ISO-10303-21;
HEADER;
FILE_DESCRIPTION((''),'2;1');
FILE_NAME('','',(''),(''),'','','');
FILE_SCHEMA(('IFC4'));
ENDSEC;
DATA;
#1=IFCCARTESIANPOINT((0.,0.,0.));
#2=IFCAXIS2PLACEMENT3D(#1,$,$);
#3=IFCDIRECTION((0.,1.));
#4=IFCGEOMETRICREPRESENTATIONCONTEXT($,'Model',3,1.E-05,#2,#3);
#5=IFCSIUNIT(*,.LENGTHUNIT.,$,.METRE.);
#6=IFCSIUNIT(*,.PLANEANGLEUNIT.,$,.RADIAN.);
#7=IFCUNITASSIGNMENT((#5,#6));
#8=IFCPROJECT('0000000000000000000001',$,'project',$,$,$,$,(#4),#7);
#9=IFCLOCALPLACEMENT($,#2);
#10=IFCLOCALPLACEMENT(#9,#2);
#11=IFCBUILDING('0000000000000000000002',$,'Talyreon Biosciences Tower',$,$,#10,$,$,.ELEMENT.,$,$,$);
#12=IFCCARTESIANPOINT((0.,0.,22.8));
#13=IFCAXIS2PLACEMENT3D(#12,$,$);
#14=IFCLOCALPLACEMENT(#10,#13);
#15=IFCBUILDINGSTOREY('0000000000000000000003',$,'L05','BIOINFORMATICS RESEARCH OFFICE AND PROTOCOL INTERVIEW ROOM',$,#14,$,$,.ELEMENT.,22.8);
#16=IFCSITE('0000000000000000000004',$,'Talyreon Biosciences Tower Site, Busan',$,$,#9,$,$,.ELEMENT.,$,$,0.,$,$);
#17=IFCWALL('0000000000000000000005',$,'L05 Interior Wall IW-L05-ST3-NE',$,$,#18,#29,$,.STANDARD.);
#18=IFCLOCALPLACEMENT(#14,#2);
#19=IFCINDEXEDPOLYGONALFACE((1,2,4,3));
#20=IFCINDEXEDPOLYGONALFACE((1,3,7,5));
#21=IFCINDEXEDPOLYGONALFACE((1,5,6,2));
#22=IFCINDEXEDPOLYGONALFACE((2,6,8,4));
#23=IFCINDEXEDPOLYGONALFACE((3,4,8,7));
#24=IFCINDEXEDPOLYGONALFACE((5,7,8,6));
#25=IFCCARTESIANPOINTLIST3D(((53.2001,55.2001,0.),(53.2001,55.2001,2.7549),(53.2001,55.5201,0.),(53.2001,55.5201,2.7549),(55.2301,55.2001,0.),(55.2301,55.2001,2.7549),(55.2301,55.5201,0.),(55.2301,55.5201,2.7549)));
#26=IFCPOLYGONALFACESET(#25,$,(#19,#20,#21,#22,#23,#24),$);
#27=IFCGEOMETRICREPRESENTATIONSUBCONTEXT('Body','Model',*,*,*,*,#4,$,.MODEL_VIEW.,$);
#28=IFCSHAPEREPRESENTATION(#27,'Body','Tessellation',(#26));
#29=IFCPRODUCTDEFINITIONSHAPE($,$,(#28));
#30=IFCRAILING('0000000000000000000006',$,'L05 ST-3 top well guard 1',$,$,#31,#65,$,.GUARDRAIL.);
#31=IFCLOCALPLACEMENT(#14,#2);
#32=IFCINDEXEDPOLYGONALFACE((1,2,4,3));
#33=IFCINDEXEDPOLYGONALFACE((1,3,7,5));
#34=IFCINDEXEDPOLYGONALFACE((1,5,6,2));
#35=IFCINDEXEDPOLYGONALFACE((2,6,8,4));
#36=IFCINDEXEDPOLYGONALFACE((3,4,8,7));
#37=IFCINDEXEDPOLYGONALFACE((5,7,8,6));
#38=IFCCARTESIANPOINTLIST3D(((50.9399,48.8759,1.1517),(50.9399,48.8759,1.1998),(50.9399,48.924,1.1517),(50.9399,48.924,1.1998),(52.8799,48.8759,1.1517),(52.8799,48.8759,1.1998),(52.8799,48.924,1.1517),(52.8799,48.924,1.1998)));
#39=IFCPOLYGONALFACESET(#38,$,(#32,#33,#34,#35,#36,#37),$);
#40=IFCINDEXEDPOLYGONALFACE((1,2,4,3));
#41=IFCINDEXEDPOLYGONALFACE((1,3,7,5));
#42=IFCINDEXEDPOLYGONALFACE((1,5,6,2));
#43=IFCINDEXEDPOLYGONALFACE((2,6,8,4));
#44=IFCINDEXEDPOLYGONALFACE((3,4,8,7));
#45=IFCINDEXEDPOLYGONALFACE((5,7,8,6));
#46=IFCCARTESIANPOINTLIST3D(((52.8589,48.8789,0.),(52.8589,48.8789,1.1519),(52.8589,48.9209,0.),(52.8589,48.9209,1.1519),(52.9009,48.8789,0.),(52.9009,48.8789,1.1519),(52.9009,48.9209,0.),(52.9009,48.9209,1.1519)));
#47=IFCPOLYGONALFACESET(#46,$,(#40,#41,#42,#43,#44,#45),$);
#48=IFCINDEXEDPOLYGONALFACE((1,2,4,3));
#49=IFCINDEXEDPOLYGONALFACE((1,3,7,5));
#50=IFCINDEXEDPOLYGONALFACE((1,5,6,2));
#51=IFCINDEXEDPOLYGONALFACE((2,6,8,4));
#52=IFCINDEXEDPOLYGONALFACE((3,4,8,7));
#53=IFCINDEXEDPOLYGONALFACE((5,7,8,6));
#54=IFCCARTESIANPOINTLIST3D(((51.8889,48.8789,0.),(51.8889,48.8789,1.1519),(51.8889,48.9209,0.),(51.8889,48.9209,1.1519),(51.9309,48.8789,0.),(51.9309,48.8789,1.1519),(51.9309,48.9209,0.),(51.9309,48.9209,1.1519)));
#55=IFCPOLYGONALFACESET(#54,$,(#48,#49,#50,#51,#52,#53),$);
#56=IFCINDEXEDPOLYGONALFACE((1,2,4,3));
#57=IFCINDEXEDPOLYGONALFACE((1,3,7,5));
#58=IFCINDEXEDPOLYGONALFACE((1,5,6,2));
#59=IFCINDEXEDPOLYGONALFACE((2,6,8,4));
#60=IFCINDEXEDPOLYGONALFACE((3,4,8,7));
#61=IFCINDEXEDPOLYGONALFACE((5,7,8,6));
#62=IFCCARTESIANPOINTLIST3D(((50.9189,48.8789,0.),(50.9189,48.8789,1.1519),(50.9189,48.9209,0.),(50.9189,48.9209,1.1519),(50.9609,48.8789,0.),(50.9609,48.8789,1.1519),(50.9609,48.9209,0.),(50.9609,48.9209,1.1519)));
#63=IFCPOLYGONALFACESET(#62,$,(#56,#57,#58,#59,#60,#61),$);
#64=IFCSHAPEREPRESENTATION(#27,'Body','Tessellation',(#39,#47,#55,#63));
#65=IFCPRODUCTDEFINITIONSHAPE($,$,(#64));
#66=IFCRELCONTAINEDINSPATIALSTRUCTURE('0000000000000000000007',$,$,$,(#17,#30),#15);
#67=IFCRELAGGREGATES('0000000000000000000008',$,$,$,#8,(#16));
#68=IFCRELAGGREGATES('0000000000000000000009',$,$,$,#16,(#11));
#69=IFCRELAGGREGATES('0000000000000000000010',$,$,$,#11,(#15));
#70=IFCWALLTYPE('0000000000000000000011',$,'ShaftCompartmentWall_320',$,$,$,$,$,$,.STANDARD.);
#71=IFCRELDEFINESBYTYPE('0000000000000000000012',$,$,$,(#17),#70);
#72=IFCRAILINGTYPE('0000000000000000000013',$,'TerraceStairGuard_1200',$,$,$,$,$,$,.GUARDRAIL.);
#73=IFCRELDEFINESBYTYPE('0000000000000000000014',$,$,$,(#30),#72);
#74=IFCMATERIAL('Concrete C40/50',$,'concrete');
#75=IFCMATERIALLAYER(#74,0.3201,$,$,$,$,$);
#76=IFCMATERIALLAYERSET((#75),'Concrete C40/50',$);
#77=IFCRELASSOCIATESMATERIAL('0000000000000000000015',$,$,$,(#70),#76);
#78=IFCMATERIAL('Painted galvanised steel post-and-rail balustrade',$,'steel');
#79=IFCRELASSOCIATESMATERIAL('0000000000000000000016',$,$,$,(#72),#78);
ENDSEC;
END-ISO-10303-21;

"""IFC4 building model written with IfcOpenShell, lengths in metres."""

from ifc_helpers import new_model, si_unit, direction, frame, frame_2d, origin, origin_2d, place, context, subcontext, project, spatial, rectangle, extrude, material, layer, layer_set, type_object, element, save


model = new_model("IFC4")

# Units and contexts
model_context = context("Model", 3, precision=1e-05, world=origin(), true_north=direction((0.0, 1.0)))
body_context = subcontext(model_context, "Body", "Model", "MODEL_VIEW")
ifc_project = project(units=[si_unit("LENGTHUNIT", "METRE"), si_unit("PLANEANGLEUNIT", "RADIAN")], contexts=[model_context])

# Site, building, storey
site_placement = place(None, origin())
site = spatial("IfcSite", under=ifc_project, at=site_placement, Name="Talyreon Biosciences Tower Site, Busan", CompositionType="ELEMENT", RefElevation=0.0)
building_placement = place(site_placement, origin())
building = spatial("IfcBuilding", under=site, at=building_placement, Name="Talyreon Biosciences Tower", CompositionType="ELEMENT")
storey_placement = place(building_placement, frame((0.0, 0.0, 22.8)))
storey = spatial("IfcBuildingStorey", under=building, at=storey_placement, Name="L05", Description="BIOINFORMATICS RESEARCH OFFICE AND PROTOCOL INTERVIEW ROOM", CompositionType="ELEMENT", Elevation=22.8)

# Wall
ifc_material_1 = material(Name="Concrete C40/50", Category="concrete")
ifc_layer_1 = layer(ifc_material_1, 0.3201)
ifc_layer_set_1 = layer_set([ifc_layer_1], Name="Concrete C40/50")
wall_type_1 = type_object("IfcWallType", Name="ShaftCompartmentWall_320", PredefinedType="STANDARD", material=ifc_layer_set_1)
wall_1_placement = place(storey_placement, frame((53.2, 55.3601, 0.0), z_axis=(0.0, 0.0, 1.0), x_axis=(1.0, 0.0, 0.0)))
element("IfcWall", 1, at=wall_1_placement, inside=storey, type_object=wall_type_1, Name="L05 Interior Wall IW-L05-ST3-NE", PredefinedType="STANDARD", context=body_context, shape_type="SweptSolid", body=[
    extrude(rectangle(XDim=2.03, YDim=0.3201, at=frame_2d((1.0151, 0.0))), origin(), (0.0, 0.0, 1.0), 2.7549),
])

# Railing
ifc_material_2 = material(Name="Painted galvanised steel post-and-rail balustrade", Category="steel")
railing_type = type_object("IfcRailingType", Name="TerraceStairGuard_1200", PredefinedType="GUARDRAIL", material=ifc_material_2)
railing_placement = place(storey_placement, frame((52.8799, 48.8999, 0.0)))
element("IfcRailing", 2, at=railing_placement, inside=storey, type_object=railing_type, Name="L05 ST-3 top well guard 1", PredefinedType="GUARDRAIL", context=body_context, shape_type="SweptSolid", body=[
    extrude(rectangle(XDim=0.0481, YDim=0.0481, at=origin_2d()), frame((0.0, 0.0, 1.1758), z_axis=(-1.0, 0.0, 0.0), x_axis=(0.0, -1.0, 0.0)), (0.0, 0.0, 1.0), 1.9399),
    extrude(rectangle(XDim=0.042, YDim=0.042, at=origin_2d()), origin(), (0.0, 0.0, 1.0), 1.1519),
    extrude(rectangle(XDim=0.042, YDim=0.042, at=origin_2d()), frame((-0.97, 0.0, 0.0)), (0.0, 0.0, 1.0), 1.1519),
    extrude(rectangle(XDim=0.042, YDim=0.042, at=origin_2d()), frame((-1.9399, 0.0, 0.0)), (0.0, 0.0, 1.0), 1.1519),
])

save(model, "model.ifc")
